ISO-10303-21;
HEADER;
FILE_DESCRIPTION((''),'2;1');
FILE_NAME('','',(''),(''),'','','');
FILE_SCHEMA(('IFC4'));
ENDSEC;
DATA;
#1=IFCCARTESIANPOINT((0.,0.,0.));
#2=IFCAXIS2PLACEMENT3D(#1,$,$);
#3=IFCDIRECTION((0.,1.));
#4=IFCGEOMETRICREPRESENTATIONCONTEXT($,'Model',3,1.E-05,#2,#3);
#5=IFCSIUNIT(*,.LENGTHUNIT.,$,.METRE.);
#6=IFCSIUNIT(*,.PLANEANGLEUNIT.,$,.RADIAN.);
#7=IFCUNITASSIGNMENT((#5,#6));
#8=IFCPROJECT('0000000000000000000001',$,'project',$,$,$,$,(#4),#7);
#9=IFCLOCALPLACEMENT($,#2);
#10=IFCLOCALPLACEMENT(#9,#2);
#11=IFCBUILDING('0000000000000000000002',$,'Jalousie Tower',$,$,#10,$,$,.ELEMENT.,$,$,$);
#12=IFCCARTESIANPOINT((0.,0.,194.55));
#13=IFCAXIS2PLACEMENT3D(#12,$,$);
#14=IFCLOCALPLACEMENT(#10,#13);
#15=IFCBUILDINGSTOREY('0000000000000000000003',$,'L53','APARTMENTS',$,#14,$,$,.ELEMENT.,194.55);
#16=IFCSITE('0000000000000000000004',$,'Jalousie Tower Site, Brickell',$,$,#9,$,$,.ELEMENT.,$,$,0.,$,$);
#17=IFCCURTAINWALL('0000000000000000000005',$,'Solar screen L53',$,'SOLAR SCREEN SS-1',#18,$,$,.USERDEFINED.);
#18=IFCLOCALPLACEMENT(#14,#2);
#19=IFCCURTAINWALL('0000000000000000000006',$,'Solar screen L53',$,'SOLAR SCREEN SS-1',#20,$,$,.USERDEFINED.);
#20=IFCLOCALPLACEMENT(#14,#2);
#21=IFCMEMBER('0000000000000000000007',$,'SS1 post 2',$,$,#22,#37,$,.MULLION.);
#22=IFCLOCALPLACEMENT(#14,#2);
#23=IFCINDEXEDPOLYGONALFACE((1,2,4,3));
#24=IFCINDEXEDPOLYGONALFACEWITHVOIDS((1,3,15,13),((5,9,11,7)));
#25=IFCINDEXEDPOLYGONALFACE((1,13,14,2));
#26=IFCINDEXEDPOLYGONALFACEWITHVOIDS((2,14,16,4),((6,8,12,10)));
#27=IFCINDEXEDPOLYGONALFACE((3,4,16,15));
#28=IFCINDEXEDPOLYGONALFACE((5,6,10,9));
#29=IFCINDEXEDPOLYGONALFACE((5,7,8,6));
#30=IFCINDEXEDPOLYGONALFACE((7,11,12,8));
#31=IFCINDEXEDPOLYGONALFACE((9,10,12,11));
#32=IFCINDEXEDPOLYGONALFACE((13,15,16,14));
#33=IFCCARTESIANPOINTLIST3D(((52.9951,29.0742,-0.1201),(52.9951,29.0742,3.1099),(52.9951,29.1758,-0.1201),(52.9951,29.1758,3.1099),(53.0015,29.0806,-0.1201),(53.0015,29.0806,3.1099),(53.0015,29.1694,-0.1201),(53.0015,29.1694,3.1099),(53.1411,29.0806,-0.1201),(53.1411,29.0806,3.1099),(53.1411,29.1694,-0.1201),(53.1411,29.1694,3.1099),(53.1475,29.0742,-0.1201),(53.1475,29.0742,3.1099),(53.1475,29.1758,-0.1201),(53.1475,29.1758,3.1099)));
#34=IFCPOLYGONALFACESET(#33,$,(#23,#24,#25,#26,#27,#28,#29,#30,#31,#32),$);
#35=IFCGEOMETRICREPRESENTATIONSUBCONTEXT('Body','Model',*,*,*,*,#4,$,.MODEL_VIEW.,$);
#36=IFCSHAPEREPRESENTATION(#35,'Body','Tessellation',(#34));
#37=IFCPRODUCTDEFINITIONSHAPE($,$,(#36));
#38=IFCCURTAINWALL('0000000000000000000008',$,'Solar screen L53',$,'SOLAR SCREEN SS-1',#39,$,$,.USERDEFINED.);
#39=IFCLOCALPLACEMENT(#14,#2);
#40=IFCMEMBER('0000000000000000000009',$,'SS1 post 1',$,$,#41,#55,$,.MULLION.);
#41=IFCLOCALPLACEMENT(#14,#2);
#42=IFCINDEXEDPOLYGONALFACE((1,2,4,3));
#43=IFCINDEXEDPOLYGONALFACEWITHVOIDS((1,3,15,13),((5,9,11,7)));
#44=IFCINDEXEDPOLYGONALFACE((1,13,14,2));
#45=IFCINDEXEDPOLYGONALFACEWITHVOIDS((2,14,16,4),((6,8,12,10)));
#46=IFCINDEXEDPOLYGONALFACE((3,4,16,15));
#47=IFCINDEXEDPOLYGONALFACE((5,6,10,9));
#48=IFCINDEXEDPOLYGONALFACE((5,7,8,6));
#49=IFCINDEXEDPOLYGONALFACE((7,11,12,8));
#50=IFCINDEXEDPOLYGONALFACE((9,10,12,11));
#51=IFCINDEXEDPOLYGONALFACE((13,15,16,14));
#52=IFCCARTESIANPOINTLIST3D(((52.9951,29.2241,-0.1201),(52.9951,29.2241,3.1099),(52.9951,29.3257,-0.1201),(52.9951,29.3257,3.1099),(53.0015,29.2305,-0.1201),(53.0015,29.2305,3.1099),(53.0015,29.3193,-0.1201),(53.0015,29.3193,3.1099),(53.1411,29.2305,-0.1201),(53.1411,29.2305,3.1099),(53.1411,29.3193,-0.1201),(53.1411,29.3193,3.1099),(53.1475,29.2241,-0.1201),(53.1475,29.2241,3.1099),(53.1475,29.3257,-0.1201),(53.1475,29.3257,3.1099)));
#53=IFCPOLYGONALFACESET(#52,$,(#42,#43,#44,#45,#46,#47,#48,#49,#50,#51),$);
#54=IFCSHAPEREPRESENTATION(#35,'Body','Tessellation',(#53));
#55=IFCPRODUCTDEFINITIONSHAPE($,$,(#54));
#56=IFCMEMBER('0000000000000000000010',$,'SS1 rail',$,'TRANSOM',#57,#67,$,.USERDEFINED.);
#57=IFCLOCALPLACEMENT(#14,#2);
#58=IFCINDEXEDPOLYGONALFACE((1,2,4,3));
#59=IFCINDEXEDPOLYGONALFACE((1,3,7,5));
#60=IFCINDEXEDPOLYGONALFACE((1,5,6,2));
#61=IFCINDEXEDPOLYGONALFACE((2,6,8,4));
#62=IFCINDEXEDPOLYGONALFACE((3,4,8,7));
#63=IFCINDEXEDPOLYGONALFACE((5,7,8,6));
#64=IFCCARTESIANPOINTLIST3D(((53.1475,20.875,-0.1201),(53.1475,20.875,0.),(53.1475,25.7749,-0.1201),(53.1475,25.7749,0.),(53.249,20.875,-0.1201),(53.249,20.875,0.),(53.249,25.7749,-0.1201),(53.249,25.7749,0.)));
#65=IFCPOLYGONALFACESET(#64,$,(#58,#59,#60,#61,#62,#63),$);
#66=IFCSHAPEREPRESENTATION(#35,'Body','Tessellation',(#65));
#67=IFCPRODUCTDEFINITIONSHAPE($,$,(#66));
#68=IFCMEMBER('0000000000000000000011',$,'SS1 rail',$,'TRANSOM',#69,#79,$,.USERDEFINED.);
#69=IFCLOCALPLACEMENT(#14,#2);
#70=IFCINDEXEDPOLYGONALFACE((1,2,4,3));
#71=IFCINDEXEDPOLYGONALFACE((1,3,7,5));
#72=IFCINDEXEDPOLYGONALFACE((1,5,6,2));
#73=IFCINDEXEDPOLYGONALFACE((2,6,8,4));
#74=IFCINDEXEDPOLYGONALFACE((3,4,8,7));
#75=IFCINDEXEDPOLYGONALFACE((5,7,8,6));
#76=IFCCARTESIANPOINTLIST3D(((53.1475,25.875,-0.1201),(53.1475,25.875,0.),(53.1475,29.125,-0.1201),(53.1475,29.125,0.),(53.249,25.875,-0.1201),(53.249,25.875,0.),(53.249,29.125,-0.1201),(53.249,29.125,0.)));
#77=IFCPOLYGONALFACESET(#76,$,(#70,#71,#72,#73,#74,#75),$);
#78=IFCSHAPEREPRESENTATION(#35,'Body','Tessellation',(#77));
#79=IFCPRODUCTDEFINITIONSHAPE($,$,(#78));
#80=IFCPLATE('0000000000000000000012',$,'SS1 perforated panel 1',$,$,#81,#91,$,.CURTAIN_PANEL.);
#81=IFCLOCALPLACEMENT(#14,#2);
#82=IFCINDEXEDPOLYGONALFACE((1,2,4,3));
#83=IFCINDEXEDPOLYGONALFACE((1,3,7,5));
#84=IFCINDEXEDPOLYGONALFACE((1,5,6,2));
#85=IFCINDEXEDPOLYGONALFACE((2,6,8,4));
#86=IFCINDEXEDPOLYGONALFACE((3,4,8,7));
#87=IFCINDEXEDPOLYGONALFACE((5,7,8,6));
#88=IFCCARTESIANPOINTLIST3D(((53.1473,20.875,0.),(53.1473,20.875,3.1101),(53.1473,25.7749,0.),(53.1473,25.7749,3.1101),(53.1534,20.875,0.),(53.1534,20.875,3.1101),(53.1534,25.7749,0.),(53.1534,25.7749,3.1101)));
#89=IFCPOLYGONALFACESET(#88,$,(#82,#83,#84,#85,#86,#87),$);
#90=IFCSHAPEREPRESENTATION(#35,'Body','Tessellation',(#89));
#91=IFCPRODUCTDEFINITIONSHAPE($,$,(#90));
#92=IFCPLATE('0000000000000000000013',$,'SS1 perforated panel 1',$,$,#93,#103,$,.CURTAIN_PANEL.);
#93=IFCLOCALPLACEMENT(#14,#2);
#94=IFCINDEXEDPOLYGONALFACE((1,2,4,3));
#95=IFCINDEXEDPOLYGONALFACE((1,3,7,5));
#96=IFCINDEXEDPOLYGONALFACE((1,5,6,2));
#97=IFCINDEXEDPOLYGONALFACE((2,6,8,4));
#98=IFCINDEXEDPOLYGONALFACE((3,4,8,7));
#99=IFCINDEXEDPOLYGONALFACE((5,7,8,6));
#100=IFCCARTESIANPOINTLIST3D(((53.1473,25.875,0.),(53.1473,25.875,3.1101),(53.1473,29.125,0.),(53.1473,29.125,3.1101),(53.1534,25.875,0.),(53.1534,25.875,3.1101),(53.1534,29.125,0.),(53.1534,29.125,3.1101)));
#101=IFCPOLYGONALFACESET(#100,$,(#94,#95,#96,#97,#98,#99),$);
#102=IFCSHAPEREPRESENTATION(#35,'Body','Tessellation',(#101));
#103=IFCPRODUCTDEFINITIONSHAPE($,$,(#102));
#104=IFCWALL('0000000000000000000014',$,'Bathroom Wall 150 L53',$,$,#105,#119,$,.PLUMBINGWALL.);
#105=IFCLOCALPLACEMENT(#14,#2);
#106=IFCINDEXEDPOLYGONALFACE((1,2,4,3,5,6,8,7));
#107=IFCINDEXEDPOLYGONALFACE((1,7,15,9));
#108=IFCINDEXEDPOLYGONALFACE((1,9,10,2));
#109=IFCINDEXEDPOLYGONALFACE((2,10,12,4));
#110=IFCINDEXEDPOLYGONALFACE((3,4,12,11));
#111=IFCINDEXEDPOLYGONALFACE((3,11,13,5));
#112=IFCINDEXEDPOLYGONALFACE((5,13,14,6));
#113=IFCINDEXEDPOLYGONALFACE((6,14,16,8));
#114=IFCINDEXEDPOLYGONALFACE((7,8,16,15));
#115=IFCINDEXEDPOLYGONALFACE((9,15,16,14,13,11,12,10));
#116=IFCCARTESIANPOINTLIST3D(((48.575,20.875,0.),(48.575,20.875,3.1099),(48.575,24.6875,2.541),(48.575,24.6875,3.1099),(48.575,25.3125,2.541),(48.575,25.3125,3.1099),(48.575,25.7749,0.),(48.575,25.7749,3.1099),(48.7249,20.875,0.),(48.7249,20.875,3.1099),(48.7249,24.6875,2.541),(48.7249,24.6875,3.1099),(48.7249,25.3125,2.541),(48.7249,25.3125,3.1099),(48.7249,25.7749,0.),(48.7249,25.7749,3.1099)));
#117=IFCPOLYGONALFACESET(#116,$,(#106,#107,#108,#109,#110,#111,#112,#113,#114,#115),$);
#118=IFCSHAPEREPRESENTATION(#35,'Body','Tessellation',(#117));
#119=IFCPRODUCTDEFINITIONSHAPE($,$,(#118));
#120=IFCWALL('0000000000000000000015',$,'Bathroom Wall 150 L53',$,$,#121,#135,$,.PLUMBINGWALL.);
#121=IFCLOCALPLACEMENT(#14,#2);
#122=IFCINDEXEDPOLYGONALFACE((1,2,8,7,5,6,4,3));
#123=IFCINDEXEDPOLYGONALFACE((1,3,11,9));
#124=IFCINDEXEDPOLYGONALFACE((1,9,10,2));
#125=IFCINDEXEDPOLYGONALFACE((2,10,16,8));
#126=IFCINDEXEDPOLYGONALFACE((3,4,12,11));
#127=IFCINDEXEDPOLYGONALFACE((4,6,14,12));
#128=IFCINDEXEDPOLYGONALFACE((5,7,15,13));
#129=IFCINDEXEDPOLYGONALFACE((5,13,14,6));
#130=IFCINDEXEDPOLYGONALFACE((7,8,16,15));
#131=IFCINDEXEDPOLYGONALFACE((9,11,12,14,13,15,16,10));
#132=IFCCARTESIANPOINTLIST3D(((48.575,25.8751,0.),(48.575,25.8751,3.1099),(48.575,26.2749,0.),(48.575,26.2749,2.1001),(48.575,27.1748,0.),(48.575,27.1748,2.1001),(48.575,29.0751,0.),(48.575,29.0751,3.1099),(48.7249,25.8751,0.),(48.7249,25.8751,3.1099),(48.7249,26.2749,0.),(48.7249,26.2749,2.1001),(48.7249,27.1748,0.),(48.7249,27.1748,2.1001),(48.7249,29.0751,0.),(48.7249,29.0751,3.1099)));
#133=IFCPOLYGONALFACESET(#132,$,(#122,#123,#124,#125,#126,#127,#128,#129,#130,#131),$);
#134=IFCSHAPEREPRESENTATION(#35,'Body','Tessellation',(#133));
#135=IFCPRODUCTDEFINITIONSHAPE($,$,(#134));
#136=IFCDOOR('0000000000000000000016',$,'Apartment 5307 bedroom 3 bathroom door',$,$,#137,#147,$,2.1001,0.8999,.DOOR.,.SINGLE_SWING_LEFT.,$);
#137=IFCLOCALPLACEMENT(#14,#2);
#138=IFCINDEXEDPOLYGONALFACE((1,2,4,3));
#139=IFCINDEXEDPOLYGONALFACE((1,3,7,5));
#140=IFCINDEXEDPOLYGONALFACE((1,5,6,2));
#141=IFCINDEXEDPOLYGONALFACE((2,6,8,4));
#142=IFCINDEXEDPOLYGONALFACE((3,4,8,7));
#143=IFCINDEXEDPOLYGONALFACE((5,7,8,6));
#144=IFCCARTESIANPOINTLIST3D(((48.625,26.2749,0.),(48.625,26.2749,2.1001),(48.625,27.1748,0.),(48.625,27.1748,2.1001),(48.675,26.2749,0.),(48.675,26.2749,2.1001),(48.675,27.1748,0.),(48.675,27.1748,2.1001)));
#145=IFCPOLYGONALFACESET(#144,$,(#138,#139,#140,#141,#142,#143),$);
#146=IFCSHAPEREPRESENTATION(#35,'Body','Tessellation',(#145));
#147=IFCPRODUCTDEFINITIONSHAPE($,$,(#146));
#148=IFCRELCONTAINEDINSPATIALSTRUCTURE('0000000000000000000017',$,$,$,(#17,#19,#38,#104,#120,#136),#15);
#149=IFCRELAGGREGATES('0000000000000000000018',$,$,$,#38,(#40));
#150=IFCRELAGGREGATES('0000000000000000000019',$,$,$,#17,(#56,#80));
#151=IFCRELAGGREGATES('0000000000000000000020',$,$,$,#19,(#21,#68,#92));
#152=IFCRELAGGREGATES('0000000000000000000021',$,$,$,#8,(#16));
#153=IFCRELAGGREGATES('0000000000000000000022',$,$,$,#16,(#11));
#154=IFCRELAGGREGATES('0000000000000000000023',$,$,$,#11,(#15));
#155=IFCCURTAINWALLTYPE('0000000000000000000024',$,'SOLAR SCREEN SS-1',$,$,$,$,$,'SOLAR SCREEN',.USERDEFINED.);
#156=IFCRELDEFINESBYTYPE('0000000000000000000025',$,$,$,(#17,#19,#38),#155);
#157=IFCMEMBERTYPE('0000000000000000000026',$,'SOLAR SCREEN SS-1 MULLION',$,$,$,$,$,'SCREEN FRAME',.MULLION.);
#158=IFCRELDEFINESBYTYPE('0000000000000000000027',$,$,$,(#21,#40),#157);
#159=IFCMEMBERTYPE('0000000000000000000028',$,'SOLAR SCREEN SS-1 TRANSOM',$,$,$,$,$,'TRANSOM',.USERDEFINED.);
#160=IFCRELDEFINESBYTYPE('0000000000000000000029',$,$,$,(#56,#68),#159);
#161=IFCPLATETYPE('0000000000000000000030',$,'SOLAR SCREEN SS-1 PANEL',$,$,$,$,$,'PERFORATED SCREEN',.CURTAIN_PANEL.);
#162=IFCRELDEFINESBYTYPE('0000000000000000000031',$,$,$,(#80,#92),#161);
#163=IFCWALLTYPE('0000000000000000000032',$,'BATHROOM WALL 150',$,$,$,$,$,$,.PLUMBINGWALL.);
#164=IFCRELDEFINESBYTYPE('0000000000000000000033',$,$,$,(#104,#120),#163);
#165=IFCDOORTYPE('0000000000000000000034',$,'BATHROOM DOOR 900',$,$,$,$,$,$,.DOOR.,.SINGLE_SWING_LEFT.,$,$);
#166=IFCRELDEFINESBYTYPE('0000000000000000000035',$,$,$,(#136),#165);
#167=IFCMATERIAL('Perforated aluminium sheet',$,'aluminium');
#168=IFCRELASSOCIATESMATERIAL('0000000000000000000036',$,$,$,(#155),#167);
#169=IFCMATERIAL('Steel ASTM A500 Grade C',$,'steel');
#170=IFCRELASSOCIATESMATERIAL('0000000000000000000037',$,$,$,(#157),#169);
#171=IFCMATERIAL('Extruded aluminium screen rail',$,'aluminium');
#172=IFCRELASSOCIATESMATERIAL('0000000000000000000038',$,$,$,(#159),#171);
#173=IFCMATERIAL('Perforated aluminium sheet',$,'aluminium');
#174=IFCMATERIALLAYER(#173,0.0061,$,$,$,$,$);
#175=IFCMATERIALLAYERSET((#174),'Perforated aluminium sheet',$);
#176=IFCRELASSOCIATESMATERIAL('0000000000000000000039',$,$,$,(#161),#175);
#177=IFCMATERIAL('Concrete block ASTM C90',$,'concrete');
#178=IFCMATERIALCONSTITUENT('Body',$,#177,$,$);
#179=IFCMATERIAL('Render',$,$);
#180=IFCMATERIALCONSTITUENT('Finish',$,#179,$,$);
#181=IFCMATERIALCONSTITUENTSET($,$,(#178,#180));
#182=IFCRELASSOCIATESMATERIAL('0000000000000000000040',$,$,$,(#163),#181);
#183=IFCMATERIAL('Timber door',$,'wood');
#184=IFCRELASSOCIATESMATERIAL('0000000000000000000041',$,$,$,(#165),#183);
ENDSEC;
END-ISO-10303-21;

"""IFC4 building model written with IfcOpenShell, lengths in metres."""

from ifc_helpers import new_model, si_unit, direction, frame, frame_2d, origin, origin_2d, place, context, subcontext, project, spatial, polyline, rectangle, hollow_rectangle, outline, extrude, material, layer, layer_set, constituent, constituent_set, material_profile, profile_set, type_object, element, fill, aggregate, save


model = new_model("IFC4")

# Units and contexts
model_context = context("Model", 3, precision=1e-05, world=origin(), true_north=direction((0.0, 1.0)))
body_context = subcontext(model_context, "Body", "Model", "MODEL_VIEW")
ifc_project = project(units=[si_unit("LENGTHUNIT", "METRE"), si_unit("PLANEANGLEUNIT", "RADIAN")], contexts=[model_context])

# Site, building, storey
site_placement = place(None, origin())
site = spatial("IfcSite", under=ifc_project, at=site_placement, Name="Jalousie Tower Site, Brickell", CompositionType="ELEMENT", RefElevation=0.0)
building_placement = place(site_placement, origin())
building = spatial("IfcBuilding", under=site, at=building_placement, Name="Jalousie Tower", CompositionType="ELEMENT")
storey_placement = place(building_placement, frame((0.0, 0.0, 194.55)))
storey = spatial("IfcBuildingStorey", under=building, at=storey_placement, Name="L53", Description="APARTMENTS", CompositionType="ELEMENT", Elevation=194.55)

# Curtain walls, member
ifc_material_1 = material(Name="Perforated aluminium sheet", Category="aluminium")
curtain_wall_type = type_object("IfcCurtainWallType", Name="SOLAR SCREEN SS-1", ElementType="SOLAR SCREEN", PredefinedType="USERDEFINED", material=ifc_material_1)
curtain_wall_1_placement = place(storey_placement, origin())
curtain_wall_1 = element("IfcCurtainWall", 1, at=curtain_wall_1_placement, inside=storey, type_object=curtain_wall_type, Name="Solar screen L53", ObjectType="SOLAR SCREEN SS-1", PredefinedType="USERDEFINED")
ifc_material_2 = material(Name="Steel ASTM A500 Grade C", Category="steel")
ifc_material_profile_1 = material_profile(ifc_material_2, hollow_rectangle(XDim=0.1016, YDim=0.1523, WallThickness=0.0063, at=origin_2d()), Name="HSS6X4X1/4")
ifc_profile_set_1 = profile_set([ifc_material_profile_1], Name="Steel ASTM A500 Grade C")
member_type_1 = type_object("IfcMemberType", Name="SOLAR SCREEN SS-1 MULLION", ElementType="SCREEN FRAME", PredefinedType="MULLION", material=ifc_profile_set_1)
curtain_wall_2_placement = place(storey_placement, origin())
curtain_wall_2 = element("IfcCurtainWall", 2, at=curtain_wall_2_placement, inside=storey, type_object=curtain_wall_type, Name="Solar screen L53", ObjectType="SOLAR SCREEN SS-1", PredefinedType="USERDEFINED")
member_1_placement = place(storey_placement, frame((53.0713, 29.125, -0.1201), z_axis=(0.0, 0.0, 1.0), x_axis=(0.0, 1.0, 0.0)))
member_1 = element("IfcMember", 3, at=member_1_placement, type_object=member_type_1, Name="SS1 post 2", PredefinedType="MULLION", context=body_context, shape_type="SweptSolid", body=[
    extrude(hollow_rectangle(XDim=0.1016, YDim=0.1523, WallThickness=0.0063, at=origin_2d()), origin(), (0.0, 0.0, 1.0), 3.23),
])

# Curtain wall, member
curtain_wall_3_placement = place(storey_placement, origin())
curtain_wall_3 = element("IfcCurtainWall", 4, at=curtain_wall_3_placement, inside=storey, type_object=curtain_wall_type, Name="Solar screen L53", ObjectType="SOLAR SCREEN SS-1", PredefinedType="USERDEFINED")
member_2_placement = place(storey_placement, frame((53.0713, 29.2749, -0.1201), z_axis=(0.0, 0.0, 1.0), x_axis=(0.0, 1.0, 0.0)))
member_2 = element("IfcMember", 5, at=member_2_placement, type_object=member_type_1, Name="SS1 post 1", PredefinedType="MULLION", context=body_context, shape_type="SweptSolid", body=[
    extrude(hollow_rectangle(XDim=0.1016, YDim=0.1523, WallThickness=0.0063, at=origin_2d()), origin(), (0.0, 0.0, 1.0), 3.23),
])
aggregate(curtain_wall_3, [member_2])

# Members
ifc_material_3 = material(Name="Extruded aluminium screen rail", Category="aluminium")
ifc_material_profile_2 = material_profile(ifc_material_3, rectangle(XDim=0.1016, YDim=0.1201, at=origin_2d()), Name="RAIL 102x120")
ifc_profile_set_2 = profile_set([ifc_material_profile_2], Name="Extruded aluminium screen rail")
member_type_2 = type_object("IfcMemberType", Name="SOLAR SCREEN SS-1 TRANSOM", ElementType="TRANSOM", PredefinedType="USERDEFINED", material=ifc_profile_set_2)
member_3_placement = place(storey_placement, frame((53.1982, 20.875, -0.0601), z_axis=(0.0, 1.0, 0.0), x_axis=(-1.0, 0.0, 0.0)))
member_3 = element("IfcMember", 6, at=member_3_placement, type_object=member_type_2, Name="SS1 rail", ObjectType="TRANSOM", PredefinedType="USERDEFINED", context=body_context, shape_type="SweptSolid", body=[
    extrude(rectangle(XDim=0.1016, YDim=0.1201, at=origin_2d()), origin(), (0.0, 0.0, 1.0), 4.8999),
])
member_4_placement = place(storey_placement, frame((53.1982, 25.875, -0.0601), z_axis=(0.0, 1.0, 0.0), x_axis=(-1.0, 0.0, 0.0)))
member_4 = element("IfcMember", 7, at=member_4_placement, type_object=member_type_2, Name="SS1 rail", ObjectType="TRANSOM", PredefinedType="USERDEFINED", context=body_context, shape_type="SweptSolid", body=[
    extrude(rectangle(XDim=0.1016, YDim=0.1201, at=origin_2d()), origin(), (0.0, 0.0, 1.0), 3.25),
])

# Plates
ifc_material_4 = material(Name="Perforated aluminium sheet", Category="aluminium")
ifc_layer_1 = layer(ifc_material_4, 0.0061)
ifc_layer_set_1 = layer_set([ifc_layer_1], Name="Perforated aluminium sheet")
plate_type = type_object("IfcPlateType", Name="SOLAR SCREEN SS-1 PANEL", ElementType="PERFORATED SCREEN", PredefinedType="CURTAIN_PANEL", material=ifc_layer_set_1)
plate_1_placement = place(storey_placement, frame((53.1504, 23.325, 0.0), z_axis=(0.0, 0.0, 1.0), x_axis=(0.0, 1.0, 0.0)))
plate_1 = element("IfcPlate", 8, at=plate_1_placement, type_object=plate_type, Name="SS1 perforated panel 1", PredefinedType="CURTAIN_PANEL", context=body_context, shape_type="SweptSolid", body=[
    extrude(rectangle(XDim=4.8999, YDim=0.0061, at=origin_2d()), origin(), (0.0, 0.0, 1.0), 3.1101),
])
aggregate(curtain_wall_1, [member_3, plate_1])
plate_2_placement = place(storey_placement, frame((53.1504, 27.5, 0.0), z_axis=(0.0, 0.0, 1.0), x_axis=(0.0, 1.0, 0.0)))
plate_2 = element("IfcPlate", 9, at=plate_2_placement, type_object=plate_type, Name="SS1 perforated panel 1", PredefinedType="CURTAIN_PANEL", context=body_context, shape_type="SweptSolid", body=[
    extrude(rectangle(XDim=3.25, YDim=0.0061, at=origin_2d()), origin(), (0.0, 0.0, 1.0), 3.1101),
])
aggregate(curtain_wall_2, [member_1, member_4, plate_2])

# Wall
ifc_material_5 = material(Name="Concrete block ASTM C90", Category="concrete")
ifc_constituent_1 = constituent(ifc_material_5, Name="Body")
ifc_material_6 = material(Name="Render")
ifc_constituent_2 = constituent(ifc_material_6, Name="Finish")
ifc_constituent_set_1 = constituent_set(constituents=[ifc_constituent_1, ifc_constituent_2])
wall_type_1 = type_object("IfcWallType", Name="BATHROOM WALL 150", PredefinedType="PLUMBINGWALL", material=ifc_constituent_set_1)
wall_1_placement = place(storey_placement, frame((48.6499, 20.875, 0.0), z_axis=(0.0, 0.0, 1.0), x_axis=(0.0, 1.0, 0.0)))
element("IfcWall", 10, at=wall_1_placement, inside=storey, type_object=wall_type_1, Name="Bathroom Wall 150 L53", PredefinedType="PLUMBINGWALL", context=body_context, shape_type="SweptSolid", body=[
    extrude(outline(polyline([(0.0, 0.0), (4.8999, 0.0), (4.8999, 3.1099), (4.4375, 3.1099), (4.4375, 2.541), (3.8125, 2.541), (3.8125, 3.1099), (0.0, 3.1099), (0.0, 0.0)])), frame((0.0, 0.075, 0.0), z_axis=(0.0, -1.0, 0.0), x_axis=(1.0, 0.0, 0.0)), (0.0, 0.0, 1.0), 0.1499),
])

# Wall, opening, door
wall_2_placement = place(storey_placement, frame((48.6499, 25.875, 0.0), z_axis=(0.0, 0.0, 1.0), x_axis=(0.0, 1.0, 0.0)))
wall_2 = element("IfcWall", 11, at=wall_2_placement, inside=storey, type_object=wall_type_1, Name="Bathroom Wall 150 L53", PredefinedType="PLUMBINGWALL", context=body_context, shape_type="SweptSolid", body=[
    extrude(rectangle(XDim=3.2, YDim=0.1499, at=frame_2d((1.6001, 0.0))), origin(), (0.0, 0.0, 1.0), 3.1099),
])
opening_1_placement = place(wall_2_placement, frame((0.3999, 0.0, 0.0)))
opening_1 = element("IfcOpeningElement", 12, at=opening_1_placement, cuts=wall_2, PredefinedType="OPENING", context=body_context, shape_type="SweptSolid", body=[
    extrude(rectangle(XDim=0.8999, YDim=2.1001, at=frame_2d((0.45, 1.05))), frame((0.0, 0.085, 0.0), z_axis=(0.0, -1.0, 0.0), x_axis=(1.0, 0.0, 0.0)), (0.0, 0.0, 1.0), 0.1699),
])
ifc_material_7 = material(Name="Timber door", Category="wood")
door_type_1 = type_object("IfcDoorType", Name="BATHROOM DOOR 900", OperationType="SINGLE_SWING_LEFT", PredefinedType="DOOR", material=ifc_material_7)
door_1_placement = place(opening_1_placement, origin())
door_1 = element("IfcDoor", 13, at=door_1_placement, inside=storey, type_object=door_type_1, Name="Apartment 5307 bedroom 3 bathroom door", OperationType="SINGLE_SWING_LEFT", OverallHeight=2.1001, OverallWidth=0.8999, PredefinedType="DOOR", context=body_context, shape_type="SweptSolid", body=[
    extrude(rectangle(XDim=0.8999, YDim=2.1001, at=frame_2d((0.45, 1.05))), frame((0.0, 0.0249, 0.0), z_axis=(0.0, -1.0, 0.0), x_axis=(1.0, 0.0, 0.0)), (0.0, 0.0, 1.0), 0.05),
])
fill(opening_1, door_1)

save(model, "model.ifc")
